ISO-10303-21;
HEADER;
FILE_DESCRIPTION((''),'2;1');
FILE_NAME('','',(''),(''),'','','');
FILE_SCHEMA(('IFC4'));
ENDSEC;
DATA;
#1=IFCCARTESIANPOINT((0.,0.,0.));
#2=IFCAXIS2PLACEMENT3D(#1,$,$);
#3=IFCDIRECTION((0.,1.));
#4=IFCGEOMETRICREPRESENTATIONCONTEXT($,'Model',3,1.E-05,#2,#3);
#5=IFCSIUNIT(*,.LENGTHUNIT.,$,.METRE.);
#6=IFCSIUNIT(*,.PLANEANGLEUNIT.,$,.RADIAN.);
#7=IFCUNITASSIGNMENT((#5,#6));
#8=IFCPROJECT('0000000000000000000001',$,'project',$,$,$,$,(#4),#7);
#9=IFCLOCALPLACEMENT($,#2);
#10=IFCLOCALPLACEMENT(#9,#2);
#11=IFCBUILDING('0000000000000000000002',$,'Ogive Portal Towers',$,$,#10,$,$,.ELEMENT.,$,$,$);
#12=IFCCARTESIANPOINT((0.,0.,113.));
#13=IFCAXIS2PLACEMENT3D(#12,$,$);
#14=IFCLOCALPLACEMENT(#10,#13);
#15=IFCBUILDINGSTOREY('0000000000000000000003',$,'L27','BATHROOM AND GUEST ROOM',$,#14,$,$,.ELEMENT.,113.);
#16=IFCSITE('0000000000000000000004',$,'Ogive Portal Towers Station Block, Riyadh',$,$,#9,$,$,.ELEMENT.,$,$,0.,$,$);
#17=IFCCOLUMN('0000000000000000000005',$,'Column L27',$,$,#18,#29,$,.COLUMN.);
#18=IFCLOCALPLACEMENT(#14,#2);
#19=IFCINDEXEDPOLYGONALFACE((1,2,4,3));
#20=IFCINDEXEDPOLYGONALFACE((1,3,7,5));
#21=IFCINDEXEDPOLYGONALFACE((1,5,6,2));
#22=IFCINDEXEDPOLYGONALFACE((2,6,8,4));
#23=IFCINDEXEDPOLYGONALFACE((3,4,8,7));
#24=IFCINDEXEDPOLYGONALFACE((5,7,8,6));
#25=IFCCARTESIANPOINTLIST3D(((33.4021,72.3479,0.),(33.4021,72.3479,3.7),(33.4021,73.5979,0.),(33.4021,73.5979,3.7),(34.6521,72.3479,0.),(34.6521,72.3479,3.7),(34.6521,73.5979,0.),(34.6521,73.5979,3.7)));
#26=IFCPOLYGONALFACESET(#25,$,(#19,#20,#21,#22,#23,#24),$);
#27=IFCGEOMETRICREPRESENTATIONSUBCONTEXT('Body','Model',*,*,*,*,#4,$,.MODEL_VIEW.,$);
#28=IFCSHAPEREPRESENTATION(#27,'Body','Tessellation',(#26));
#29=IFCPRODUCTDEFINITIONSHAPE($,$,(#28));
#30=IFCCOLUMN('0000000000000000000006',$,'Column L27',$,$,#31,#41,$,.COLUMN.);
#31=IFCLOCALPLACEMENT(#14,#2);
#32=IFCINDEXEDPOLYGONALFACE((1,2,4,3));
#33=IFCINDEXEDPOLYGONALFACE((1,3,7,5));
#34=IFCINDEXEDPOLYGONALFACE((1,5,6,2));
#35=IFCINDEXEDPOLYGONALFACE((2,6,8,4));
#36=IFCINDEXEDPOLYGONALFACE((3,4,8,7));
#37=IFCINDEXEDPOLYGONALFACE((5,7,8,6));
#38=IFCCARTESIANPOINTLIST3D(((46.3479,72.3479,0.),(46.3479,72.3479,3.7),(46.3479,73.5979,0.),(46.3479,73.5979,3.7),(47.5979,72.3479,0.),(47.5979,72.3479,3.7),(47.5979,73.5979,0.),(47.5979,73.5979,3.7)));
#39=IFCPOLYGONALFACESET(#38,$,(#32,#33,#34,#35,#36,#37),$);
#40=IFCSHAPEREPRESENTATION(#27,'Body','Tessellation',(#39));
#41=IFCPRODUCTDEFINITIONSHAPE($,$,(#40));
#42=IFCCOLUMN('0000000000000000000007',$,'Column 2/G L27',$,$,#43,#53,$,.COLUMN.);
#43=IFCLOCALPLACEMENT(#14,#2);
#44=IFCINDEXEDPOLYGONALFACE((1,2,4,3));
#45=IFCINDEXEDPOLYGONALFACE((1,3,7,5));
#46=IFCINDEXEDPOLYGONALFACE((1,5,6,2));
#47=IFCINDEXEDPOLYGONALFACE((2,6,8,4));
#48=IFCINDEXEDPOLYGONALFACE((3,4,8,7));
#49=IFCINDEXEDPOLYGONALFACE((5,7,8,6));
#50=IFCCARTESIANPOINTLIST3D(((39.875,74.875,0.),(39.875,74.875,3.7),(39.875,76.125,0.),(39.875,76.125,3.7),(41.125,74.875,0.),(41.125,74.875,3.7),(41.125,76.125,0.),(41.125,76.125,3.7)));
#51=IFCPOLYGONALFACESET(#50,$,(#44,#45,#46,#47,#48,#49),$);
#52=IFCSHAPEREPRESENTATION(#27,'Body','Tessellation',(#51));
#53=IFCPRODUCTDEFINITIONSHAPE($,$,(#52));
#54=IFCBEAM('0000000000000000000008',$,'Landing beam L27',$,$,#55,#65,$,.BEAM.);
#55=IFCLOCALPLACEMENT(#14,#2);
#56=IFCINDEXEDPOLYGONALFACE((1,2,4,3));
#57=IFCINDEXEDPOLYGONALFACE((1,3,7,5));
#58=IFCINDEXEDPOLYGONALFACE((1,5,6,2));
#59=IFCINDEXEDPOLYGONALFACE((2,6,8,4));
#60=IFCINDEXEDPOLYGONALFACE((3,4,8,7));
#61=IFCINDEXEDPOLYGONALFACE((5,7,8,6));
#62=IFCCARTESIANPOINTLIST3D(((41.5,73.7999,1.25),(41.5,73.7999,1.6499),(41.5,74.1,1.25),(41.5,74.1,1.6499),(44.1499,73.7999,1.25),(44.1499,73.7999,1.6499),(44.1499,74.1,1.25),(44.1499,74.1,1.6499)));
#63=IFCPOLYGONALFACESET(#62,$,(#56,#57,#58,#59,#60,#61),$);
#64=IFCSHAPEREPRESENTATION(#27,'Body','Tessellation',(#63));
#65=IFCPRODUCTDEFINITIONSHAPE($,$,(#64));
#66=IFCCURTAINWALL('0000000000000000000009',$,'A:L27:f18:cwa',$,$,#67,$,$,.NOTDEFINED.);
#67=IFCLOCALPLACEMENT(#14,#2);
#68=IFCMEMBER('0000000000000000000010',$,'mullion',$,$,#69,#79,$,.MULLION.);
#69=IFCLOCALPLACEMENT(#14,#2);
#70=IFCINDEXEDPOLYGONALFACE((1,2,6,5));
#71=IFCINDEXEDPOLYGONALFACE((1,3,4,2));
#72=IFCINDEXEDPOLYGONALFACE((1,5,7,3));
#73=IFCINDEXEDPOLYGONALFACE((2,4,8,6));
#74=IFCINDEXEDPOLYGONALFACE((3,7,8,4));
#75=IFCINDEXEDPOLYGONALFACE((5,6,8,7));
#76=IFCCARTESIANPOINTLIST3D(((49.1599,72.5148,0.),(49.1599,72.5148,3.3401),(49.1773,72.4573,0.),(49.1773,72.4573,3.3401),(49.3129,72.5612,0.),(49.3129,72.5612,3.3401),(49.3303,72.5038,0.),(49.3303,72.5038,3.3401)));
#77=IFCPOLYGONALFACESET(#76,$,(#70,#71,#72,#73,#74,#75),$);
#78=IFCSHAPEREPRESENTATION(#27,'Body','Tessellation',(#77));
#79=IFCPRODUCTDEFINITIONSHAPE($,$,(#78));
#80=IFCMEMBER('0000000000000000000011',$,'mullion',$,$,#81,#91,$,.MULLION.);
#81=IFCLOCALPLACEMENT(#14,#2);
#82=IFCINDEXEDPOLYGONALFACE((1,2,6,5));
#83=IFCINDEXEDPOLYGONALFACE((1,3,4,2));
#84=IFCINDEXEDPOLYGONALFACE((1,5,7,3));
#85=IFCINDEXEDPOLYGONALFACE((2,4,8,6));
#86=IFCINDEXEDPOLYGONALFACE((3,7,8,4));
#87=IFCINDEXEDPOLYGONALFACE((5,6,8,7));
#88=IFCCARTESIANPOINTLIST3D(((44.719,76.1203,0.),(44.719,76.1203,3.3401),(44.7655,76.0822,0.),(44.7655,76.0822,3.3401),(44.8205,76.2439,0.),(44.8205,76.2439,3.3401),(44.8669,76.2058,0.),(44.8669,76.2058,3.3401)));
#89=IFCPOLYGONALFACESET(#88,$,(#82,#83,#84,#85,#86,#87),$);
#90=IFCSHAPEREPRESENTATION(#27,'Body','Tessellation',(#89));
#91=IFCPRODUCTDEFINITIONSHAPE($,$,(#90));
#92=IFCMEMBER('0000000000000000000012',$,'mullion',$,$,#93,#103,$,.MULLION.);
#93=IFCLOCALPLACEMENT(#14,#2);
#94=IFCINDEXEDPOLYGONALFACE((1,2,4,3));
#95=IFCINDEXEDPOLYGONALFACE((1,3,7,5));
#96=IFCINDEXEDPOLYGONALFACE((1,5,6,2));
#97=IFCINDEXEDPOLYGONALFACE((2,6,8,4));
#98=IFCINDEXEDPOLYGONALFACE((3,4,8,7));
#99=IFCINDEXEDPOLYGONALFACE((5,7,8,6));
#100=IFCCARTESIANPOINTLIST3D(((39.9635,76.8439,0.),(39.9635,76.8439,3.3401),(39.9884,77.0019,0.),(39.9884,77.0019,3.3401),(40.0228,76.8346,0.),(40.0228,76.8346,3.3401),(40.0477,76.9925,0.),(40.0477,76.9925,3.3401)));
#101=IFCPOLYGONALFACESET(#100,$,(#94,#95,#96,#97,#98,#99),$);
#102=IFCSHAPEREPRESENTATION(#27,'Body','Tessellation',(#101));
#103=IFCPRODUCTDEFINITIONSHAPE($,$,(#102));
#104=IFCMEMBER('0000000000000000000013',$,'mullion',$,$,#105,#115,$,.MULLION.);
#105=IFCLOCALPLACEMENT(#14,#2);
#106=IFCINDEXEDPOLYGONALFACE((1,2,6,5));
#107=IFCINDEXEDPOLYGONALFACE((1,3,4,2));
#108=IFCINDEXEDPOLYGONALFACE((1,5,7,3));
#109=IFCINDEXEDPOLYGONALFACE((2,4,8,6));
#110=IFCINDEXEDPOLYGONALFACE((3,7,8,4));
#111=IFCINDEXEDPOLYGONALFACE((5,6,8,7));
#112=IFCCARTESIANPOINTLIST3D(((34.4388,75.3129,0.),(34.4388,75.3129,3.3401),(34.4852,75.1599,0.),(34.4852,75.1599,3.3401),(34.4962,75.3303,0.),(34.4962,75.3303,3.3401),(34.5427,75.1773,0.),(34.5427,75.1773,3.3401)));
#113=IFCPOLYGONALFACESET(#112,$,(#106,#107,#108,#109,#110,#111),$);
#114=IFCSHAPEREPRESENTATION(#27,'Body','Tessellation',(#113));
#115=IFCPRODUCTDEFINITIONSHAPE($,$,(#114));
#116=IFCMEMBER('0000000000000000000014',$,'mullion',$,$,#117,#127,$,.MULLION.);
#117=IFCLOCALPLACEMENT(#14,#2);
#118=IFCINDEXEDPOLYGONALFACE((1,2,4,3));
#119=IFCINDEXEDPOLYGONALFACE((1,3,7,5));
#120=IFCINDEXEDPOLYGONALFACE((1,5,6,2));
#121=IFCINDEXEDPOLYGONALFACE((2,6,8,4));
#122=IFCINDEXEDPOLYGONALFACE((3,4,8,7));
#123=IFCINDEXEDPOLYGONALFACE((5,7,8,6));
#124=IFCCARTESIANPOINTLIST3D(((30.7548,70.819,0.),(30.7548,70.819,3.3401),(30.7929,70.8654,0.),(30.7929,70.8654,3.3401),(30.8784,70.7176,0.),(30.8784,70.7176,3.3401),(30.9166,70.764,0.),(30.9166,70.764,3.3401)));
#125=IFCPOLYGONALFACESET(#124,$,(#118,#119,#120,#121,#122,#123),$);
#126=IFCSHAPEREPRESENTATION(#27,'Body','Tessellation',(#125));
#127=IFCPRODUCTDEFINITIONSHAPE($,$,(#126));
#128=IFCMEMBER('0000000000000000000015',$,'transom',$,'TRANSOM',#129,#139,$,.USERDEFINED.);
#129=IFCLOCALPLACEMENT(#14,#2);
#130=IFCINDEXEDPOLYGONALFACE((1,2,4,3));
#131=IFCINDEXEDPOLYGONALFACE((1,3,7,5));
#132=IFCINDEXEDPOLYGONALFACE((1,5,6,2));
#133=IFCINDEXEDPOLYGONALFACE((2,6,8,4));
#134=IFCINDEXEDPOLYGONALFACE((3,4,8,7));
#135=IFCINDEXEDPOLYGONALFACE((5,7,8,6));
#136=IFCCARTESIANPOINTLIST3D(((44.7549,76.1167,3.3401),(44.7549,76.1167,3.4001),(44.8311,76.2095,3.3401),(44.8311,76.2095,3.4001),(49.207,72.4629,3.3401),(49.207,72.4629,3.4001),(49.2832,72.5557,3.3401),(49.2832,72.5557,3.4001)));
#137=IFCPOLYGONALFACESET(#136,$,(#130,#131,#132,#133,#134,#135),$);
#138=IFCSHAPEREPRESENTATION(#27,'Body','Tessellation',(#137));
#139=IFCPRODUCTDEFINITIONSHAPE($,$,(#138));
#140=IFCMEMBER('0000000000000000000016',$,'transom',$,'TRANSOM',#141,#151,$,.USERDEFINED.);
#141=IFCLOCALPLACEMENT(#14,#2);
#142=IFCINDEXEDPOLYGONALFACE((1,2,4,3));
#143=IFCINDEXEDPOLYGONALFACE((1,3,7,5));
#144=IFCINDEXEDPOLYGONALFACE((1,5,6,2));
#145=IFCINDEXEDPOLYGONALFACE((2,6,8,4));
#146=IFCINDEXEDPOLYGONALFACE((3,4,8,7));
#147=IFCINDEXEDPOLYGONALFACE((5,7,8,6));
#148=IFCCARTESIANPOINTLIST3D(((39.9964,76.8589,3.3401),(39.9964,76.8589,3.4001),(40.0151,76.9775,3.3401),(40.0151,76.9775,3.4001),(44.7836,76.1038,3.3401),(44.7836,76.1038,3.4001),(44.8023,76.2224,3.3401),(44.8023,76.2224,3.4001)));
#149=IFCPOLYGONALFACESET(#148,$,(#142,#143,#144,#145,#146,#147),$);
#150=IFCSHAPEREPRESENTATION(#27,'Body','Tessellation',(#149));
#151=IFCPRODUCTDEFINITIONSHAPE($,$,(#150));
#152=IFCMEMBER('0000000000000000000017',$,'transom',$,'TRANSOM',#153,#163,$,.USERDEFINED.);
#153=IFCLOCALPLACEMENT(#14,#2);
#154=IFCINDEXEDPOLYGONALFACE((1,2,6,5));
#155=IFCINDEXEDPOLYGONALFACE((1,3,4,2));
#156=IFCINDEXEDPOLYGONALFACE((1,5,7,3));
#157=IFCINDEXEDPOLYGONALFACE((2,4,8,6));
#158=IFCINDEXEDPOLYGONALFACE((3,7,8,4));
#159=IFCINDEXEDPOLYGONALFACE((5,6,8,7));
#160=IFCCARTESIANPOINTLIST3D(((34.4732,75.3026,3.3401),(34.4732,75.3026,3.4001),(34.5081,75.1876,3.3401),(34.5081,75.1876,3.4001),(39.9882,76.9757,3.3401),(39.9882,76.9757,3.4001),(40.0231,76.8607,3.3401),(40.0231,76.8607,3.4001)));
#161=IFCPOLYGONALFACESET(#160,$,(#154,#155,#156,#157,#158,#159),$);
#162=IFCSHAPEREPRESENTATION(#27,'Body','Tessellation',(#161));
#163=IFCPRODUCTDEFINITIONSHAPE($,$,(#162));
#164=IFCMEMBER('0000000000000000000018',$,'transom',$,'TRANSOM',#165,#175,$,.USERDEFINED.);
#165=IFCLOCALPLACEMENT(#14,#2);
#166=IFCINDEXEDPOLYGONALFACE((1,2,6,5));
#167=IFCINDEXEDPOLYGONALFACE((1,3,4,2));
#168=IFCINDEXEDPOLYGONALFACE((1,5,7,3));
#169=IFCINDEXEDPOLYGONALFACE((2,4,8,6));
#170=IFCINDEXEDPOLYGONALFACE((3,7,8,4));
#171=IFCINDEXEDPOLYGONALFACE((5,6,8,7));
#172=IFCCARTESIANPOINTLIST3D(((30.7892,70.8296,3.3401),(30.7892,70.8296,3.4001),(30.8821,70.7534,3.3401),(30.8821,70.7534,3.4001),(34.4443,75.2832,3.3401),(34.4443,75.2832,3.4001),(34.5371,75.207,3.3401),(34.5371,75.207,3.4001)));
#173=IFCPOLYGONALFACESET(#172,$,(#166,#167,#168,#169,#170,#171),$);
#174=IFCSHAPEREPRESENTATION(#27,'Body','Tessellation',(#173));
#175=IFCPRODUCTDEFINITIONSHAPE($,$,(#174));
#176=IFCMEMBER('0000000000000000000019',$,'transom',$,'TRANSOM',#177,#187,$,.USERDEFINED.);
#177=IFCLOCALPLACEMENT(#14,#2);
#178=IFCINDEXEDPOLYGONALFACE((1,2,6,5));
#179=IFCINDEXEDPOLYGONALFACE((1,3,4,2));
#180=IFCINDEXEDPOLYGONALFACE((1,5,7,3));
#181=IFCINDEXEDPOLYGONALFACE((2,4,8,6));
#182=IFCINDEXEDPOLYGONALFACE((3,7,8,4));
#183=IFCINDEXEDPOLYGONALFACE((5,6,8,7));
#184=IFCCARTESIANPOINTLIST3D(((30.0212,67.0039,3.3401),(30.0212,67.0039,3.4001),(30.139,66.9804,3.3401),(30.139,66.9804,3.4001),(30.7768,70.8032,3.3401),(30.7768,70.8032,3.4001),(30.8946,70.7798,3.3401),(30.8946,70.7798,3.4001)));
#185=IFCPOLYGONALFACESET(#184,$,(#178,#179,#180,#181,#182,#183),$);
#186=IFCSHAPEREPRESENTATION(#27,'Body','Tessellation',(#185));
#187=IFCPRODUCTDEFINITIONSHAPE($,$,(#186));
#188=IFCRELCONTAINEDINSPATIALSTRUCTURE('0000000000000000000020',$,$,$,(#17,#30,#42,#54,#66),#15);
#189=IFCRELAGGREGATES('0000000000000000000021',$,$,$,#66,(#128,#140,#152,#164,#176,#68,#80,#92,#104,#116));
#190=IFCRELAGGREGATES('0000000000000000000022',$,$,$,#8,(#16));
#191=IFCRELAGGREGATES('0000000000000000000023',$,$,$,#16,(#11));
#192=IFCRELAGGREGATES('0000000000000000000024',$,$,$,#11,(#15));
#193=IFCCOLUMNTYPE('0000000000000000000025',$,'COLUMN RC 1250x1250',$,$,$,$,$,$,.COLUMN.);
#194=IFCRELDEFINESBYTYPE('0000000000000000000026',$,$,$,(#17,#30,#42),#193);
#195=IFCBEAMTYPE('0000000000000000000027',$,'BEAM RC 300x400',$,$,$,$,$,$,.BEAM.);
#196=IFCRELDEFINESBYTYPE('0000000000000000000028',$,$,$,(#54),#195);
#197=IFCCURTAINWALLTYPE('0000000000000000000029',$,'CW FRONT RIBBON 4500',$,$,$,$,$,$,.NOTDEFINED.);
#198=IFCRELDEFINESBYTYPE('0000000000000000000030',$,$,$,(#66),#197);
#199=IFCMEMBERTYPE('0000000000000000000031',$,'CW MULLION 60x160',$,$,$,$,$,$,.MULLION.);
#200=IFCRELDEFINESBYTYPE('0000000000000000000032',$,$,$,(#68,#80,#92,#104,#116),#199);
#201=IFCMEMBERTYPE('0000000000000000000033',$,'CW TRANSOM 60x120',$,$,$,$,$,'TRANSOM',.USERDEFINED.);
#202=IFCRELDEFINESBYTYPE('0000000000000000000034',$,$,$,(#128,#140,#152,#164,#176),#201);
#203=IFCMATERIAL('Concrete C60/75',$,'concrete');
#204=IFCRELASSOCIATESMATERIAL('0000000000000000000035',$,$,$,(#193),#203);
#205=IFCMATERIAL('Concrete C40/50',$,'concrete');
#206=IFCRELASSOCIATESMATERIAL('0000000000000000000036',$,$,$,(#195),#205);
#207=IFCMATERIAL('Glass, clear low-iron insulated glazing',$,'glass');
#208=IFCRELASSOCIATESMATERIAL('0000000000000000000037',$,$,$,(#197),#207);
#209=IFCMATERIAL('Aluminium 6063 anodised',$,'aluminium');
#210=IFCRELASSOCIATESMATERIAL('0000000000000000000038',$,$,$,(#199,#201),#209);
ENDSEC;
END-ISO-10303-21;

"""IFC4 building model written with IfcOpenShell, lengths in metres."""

from ifc_helpers import new_model, si_unit, direction, frame, origin, origin_2d, place, context, subcontext, project, spatial, rectangle, extrude, material, material_profile, profile_set, type_object, element, aggregate, save


model = new_model("IFC4")

# Units and contexts
model_context = context("Model", 3, precision=1e-05, world=origin(), true_north=direction((0.0, 1.0)))
body_context = subcontext(model_context, "Body", "Model", "MODEL_VIEW")
ifc_project = project(units=[si_unit("LENGTHUNIT", "METRE"), si_unit("PLANEANGLEUNIT", "RADIAN")], contexts=[model_context])

# Site, building, storey
site_placement = place(None, origin())
site = spatial("IfcSite", under=ifc_project, at=site_placement, Name="Ogive Portal Towers Station Block, Riyadh", CompositionType="ELEMENT", RefElevation=0.0)
building_placement = place(site_placement, origin())
building = spatial("IfcBuilding", under=site, at=building_placement, Name="Ogive Portal Towers", CompositionType="ELEMENT")
storey_placement = place(building_placement, frame((0.0, 0.0, 113.0)))
storey = spatial("IfcBuildingStorey", under=building, at=storey_placement, Name="L27", Description="BATHROOM AND GUEST ROOM", CompositionType="ELEMENT", Elevation=113.0)

# Columns
ifc_material_1 = material(Name="Concrete C60/75", Category="concrete")
ifc_material_profile_1 = material_profile(ifc_material_1, rectangle(XDim=1.25, YDim=1.25, at=origin_2d()), Name="RC 1250x1250")
ifc_profile_set_1 = profile_set([ifc_material_profile_1], Name="Concrete C60/75")
column_type = type_object("IfcColumnType", Name="COLUMN RC 1250x1250", PredefinedType="COLUMN", material=ifc_profile_set_1)
for number, where, z_axis, x_axis, name in (
    (1, (34.0271, 72.9729, 0.0), (0.0, 0.0, 1.0), (1.0, 0.0, 0.0), "Column L27"),
    (2, (46.9729, 72.9729, 0.0), (0.0, 0.0, 1.0), (1.0, 0.0, 0.0), "Column L27"),
    (3, (40.5, 75.5, 0.0), (0.0, 0.0, 1.0), (1.0, 0.0, 0.0), "Column 2/G L27"),
):
    element("IfcColumn", number, at=place(storey_placement, frame(where, z_axis=z_axis, x_axis=x_axis)), inside=storey, type_object=column_type, Name=name, PredefinedType="COLUMN", context=body_context, shape_type="SweptSolid", body=[
        extrude(rectangle(XDim=1.25, YDim=1.25, at=origin_2d()), origin(), (0.0, 0.0, 1.0), 3.7),
    ])

# Beam
ifc_material_2 = material(Name="Concrete C40/50", Category="concrete")
ifc_material_profile_2 = material_profile(ifc_material_2, rectangle(XDim=0.3, YDim=0.3999, at=origin_2d()), Name="RC 300x400")
ifc_profile_set_2 = profile_set([ifc_material_profile_2], Name="Concrete C40/50")
beam_type = type_object("IfcBeamType", Name="BEAM RC 300x400", PredefinedType="BEAM", material=ifc_profile_set_2)
beam_placement = place(storey_placement, frame((41.5, 73.95, 1.45), z_axis=(1.0, 0.0, 0.0), x_axis=(0.0, 1.0, 0.0)))
element("IfcBeam", 4, at=beam_placement, inside=storey, type_object=beam_type, Name="Landing beam L27", PredefinedType="BEAM", context=body_context, shape_type="SweptSolid", body=[
    extrude(rectangle(XDim=0.3, YDim=0.3999, at=origin_2d()), origin(), (0.0, 0.0, 1.0), 2.6499),
])

# Curtain wall, members
ifc_material_3 = material(Name="Glass, clear low-iron insulated glazing", Category="glass")
curtain_wall_type = type_object("IfcCurtainWallType", Name="CW FRONT RIBBON 4500", PredefinedType="NOTDEFINED", material=ifc_material_3)
curtain_wall_placement = place(storey_placement, origin())
curtain_wall = element("IfcCurtainWall", 5, at=curtain_wall_placement, inside=storey, type_object=curtain_wall_type, Name="A:L27:f18:cwa", PredefinedType="NOTDEFINED")
ifc_material_4 = material(Name="Aluminium 6063 anodised", Category="aluminium")
ifc_material_profile_3 = material_profile(ifc_material_4, rectangle(XDim=0.1599, YDim=0.0601, at=origin_2d()), Name="AL 60x160")
ifc_profile_set_3 = profile_set([ifc_material_profile_3], Name="Aluminium 6063 anodised")
member_type_1 = type_object("IfcMemberType", Name="CW MULLION 60x160", PredefinedType="MULLION", material=ifc_profile_set_3)
member_1_placement = place(storey_placement, frame((49.2451, 72.5093, 0.0), z_axis=(0.0, 0.0, 1.0), x_axis=(-0.95694, -0.290285, 0.0)))
member_1 = element("IfcMember", 6, at=member_1_placement, type_object=member_type_1, Name="mullion", PredefinedType="MULLION", context=body_context, shape_type="SweptSolid", body=[
    extrude(rectangle(XDim=0.1599, YDim=0.0601, at=origin_2d()), origin(), (0.0, 0.0, 1.0), 3.3401),
])
member_2_placement = place(storey_placement, frame((44.793, 76.1631, 0.0), z_axis=(0.0, 0.0, 1.0), x_axis=(-0.634393, -0.77301, 0.0)))
member_2 = element("IfcMember", 7, at=member_2_placement, type_object=member_type_1, Name="mullion", PredefinedType="MULLION", context=body_context, shape_type="SweptSolid", body=[
    extrude(rectangle(XDim=0.1599, YDim=0.0601, at=origin_2d()), origin(), (0.0, 0.0, 1.0), 3.3401),
])
member_3_placement = place(storey_placement, frame((40.0056, 76.9182, 0.0), z_axis=(0.0, 0.0, 1.0), x_axis=(-0.155777, -0.987792, 0.0)))
member_3 = element("IfcMember", 8, at=member_3_placement, type_object=member_type_1, Name="mullion", PredefinedType="MULLION", context=body_context, shape_type="SweptSolid", body=[
    extrude(rectangle(XDim=0.1599, YDim=0.0601, at=origin_2d()), origin(), (0.0, 0.0, 1.0), 3.3401),
])
member_4_placement = place(storey_placement, frame((34.4907, 75.2451, 0.0), z_axis=(0.0, 0.0, 1.0), x_axis=(0.290285, -0.95694, 0.0)))
member_4 = element("IfcMember", 9, at=member_4_placement, type_object=member_type_1, Name="mullion", PredefinedType="MULLION", context=body_context, shape_type="SweptSolid", body=[
    extrude(rectangle(XDim=0.1599, YDim=0.0601, at=origin_2d()), origin(), (0.0, 0.0, 1.0), 3.3401),
])
member_5_placement = place(storey_placement, frame((30.8357, 70.7915, 0.0), z_axis=(0.0, 0.0, 1.0), x_axis=(0.77301, -0.634393, 0.0)))
member_5 = element("IfcMember", 10, at=member_5_placement, type_object=member_type_1, Name="mullion", PredefinedType="MULLION", context=body_context, shape_type="SweptSolid", body=[
    extrude(rectangle(XDim=0.1599, YDim=0.0601, at=origin_2d()), origin(), (0.0, 0.0, 1.0), 3.3401),
])
ifc_material_profile_4 = material_profile(ifc_material_4, rectangle(XDim=0.1201, YDim=0.0601, at=origin_2d()), Name="AL 120x60")
ifc_profile_set_4 = profile_set([ifc_material_profile_4], Name="Aluminium 6063 anodised")
member_type_2 = type_object("IfcMemberType", Name="CW TRANSOM 60x120", ElementType="TRANSOM", PredefinedType="USERDEFINED", material=ifc_profile_set_4)
member_6_placement = place(storey_placement, frame((49.2451, 72.5093, 3.3701), z_axis=(-0.773008, 0.634396, 0.0), x_axis=(-0.634396, -0.773008, 0.0)))
member_6 = element("IfcMember", 11, at=member_6_placement, type_object=member_type_2, Name="transom", ObjectType="TRANSOM", PredefinedType="USERDEFINED", context=body_context, shape_type="SweptSolid", body=[
    extrude(rectangle(XDim=0.1201, YDim=0.0601, at=origin_2d()), origin(), (0.0, 0.0, 1.0), 5.7595),
])
member_7_placement = place(storey_placement, frame((44.793, 76.1631, 3.3701), z_axis=(-0.987787, 0.155807, 0.0), x_axis=(-0.155807, -0.987787, 0.0)))
member_7 = element("IfcMember", 12, at=member_7_placement, type_object=member_type_2, Name="transom", ObjectType="TRANSOM", PredefinedType="USERDEFINED", context=body_context, shape_type="SweptSolid", body=[
    extrude(rectangle(XDim=0.1201, YDim=0.0601, at=origin_2d()), origin(), (0.0, 0.0, 1.0), 4.8464),
])
member_8_placement = place(storey_placement, frame((40.0056, 76.9182, 3.3701), z_axis=(-0.956932, -0.290312, 0.0), x_axis=(0.290312, -0.956932, 0.0)))
member_8 = element("IfcMember", 13, at=member_8_placement, type_object=member_type_2, Name="transom", ObjectType="TRANSOM", PredefinedType="USERDEFINED", context=body_context, shape_type="SweptSolid", body=[
    extrude(rectangle(XDim=0.1201, YDim=0.0601, at=origin_2d()), origin(), (0.0, 0.0, 1.0), 5.7632),
])
member_9_placement = place(storey_placement, frame((34.4907, 75.2451, 3.3701), z_axis=(-0.634398, -0.773007, 0.0), x_axis=(0.773007, -0.634398, 0.0)))
member_9 = element("IfcMember", 14, at=member_9_placement, type_object=member_type_2, Name="transom", ObjectType="TRANSOM", PredefinedType="USERDEFINED", context=body_context, shape_type="SweptSolid", body=[
    extrude(rectangle(XDim=0.1201, YDim=0.0601, at=origin_2d()), origin(), (0.0, 0.0, 1.0), 5.7615),
])
member_10_placement = place(storey_placement, frame((30.8357, 70.7915, 3.3701), z_axis=(-0.195062, -0.980791, 0.0), x_axis=(0.980791, -0.195062, 0.0)))
member_10 = element("IfcMember", 15, at=member_10_placement, type_object=member_type_2, Name="transom", ObjectType="TRANSOM", PredefinedType="USERDEFINED", context=body_context, shape_type="SweptSolid", body=[
    extrude(rectangle(XDim=0.1201, YDim=0.0601, at=origin_2d()), origin(), (0.0, 0.0, 1.0), 3.8738),
])
aggregate(curtain_wall, [member_6, member_7, member_8, member_9, member_10, member_1, member_2, member_3, member_4, member_5])

save(model, "model.ifc")
